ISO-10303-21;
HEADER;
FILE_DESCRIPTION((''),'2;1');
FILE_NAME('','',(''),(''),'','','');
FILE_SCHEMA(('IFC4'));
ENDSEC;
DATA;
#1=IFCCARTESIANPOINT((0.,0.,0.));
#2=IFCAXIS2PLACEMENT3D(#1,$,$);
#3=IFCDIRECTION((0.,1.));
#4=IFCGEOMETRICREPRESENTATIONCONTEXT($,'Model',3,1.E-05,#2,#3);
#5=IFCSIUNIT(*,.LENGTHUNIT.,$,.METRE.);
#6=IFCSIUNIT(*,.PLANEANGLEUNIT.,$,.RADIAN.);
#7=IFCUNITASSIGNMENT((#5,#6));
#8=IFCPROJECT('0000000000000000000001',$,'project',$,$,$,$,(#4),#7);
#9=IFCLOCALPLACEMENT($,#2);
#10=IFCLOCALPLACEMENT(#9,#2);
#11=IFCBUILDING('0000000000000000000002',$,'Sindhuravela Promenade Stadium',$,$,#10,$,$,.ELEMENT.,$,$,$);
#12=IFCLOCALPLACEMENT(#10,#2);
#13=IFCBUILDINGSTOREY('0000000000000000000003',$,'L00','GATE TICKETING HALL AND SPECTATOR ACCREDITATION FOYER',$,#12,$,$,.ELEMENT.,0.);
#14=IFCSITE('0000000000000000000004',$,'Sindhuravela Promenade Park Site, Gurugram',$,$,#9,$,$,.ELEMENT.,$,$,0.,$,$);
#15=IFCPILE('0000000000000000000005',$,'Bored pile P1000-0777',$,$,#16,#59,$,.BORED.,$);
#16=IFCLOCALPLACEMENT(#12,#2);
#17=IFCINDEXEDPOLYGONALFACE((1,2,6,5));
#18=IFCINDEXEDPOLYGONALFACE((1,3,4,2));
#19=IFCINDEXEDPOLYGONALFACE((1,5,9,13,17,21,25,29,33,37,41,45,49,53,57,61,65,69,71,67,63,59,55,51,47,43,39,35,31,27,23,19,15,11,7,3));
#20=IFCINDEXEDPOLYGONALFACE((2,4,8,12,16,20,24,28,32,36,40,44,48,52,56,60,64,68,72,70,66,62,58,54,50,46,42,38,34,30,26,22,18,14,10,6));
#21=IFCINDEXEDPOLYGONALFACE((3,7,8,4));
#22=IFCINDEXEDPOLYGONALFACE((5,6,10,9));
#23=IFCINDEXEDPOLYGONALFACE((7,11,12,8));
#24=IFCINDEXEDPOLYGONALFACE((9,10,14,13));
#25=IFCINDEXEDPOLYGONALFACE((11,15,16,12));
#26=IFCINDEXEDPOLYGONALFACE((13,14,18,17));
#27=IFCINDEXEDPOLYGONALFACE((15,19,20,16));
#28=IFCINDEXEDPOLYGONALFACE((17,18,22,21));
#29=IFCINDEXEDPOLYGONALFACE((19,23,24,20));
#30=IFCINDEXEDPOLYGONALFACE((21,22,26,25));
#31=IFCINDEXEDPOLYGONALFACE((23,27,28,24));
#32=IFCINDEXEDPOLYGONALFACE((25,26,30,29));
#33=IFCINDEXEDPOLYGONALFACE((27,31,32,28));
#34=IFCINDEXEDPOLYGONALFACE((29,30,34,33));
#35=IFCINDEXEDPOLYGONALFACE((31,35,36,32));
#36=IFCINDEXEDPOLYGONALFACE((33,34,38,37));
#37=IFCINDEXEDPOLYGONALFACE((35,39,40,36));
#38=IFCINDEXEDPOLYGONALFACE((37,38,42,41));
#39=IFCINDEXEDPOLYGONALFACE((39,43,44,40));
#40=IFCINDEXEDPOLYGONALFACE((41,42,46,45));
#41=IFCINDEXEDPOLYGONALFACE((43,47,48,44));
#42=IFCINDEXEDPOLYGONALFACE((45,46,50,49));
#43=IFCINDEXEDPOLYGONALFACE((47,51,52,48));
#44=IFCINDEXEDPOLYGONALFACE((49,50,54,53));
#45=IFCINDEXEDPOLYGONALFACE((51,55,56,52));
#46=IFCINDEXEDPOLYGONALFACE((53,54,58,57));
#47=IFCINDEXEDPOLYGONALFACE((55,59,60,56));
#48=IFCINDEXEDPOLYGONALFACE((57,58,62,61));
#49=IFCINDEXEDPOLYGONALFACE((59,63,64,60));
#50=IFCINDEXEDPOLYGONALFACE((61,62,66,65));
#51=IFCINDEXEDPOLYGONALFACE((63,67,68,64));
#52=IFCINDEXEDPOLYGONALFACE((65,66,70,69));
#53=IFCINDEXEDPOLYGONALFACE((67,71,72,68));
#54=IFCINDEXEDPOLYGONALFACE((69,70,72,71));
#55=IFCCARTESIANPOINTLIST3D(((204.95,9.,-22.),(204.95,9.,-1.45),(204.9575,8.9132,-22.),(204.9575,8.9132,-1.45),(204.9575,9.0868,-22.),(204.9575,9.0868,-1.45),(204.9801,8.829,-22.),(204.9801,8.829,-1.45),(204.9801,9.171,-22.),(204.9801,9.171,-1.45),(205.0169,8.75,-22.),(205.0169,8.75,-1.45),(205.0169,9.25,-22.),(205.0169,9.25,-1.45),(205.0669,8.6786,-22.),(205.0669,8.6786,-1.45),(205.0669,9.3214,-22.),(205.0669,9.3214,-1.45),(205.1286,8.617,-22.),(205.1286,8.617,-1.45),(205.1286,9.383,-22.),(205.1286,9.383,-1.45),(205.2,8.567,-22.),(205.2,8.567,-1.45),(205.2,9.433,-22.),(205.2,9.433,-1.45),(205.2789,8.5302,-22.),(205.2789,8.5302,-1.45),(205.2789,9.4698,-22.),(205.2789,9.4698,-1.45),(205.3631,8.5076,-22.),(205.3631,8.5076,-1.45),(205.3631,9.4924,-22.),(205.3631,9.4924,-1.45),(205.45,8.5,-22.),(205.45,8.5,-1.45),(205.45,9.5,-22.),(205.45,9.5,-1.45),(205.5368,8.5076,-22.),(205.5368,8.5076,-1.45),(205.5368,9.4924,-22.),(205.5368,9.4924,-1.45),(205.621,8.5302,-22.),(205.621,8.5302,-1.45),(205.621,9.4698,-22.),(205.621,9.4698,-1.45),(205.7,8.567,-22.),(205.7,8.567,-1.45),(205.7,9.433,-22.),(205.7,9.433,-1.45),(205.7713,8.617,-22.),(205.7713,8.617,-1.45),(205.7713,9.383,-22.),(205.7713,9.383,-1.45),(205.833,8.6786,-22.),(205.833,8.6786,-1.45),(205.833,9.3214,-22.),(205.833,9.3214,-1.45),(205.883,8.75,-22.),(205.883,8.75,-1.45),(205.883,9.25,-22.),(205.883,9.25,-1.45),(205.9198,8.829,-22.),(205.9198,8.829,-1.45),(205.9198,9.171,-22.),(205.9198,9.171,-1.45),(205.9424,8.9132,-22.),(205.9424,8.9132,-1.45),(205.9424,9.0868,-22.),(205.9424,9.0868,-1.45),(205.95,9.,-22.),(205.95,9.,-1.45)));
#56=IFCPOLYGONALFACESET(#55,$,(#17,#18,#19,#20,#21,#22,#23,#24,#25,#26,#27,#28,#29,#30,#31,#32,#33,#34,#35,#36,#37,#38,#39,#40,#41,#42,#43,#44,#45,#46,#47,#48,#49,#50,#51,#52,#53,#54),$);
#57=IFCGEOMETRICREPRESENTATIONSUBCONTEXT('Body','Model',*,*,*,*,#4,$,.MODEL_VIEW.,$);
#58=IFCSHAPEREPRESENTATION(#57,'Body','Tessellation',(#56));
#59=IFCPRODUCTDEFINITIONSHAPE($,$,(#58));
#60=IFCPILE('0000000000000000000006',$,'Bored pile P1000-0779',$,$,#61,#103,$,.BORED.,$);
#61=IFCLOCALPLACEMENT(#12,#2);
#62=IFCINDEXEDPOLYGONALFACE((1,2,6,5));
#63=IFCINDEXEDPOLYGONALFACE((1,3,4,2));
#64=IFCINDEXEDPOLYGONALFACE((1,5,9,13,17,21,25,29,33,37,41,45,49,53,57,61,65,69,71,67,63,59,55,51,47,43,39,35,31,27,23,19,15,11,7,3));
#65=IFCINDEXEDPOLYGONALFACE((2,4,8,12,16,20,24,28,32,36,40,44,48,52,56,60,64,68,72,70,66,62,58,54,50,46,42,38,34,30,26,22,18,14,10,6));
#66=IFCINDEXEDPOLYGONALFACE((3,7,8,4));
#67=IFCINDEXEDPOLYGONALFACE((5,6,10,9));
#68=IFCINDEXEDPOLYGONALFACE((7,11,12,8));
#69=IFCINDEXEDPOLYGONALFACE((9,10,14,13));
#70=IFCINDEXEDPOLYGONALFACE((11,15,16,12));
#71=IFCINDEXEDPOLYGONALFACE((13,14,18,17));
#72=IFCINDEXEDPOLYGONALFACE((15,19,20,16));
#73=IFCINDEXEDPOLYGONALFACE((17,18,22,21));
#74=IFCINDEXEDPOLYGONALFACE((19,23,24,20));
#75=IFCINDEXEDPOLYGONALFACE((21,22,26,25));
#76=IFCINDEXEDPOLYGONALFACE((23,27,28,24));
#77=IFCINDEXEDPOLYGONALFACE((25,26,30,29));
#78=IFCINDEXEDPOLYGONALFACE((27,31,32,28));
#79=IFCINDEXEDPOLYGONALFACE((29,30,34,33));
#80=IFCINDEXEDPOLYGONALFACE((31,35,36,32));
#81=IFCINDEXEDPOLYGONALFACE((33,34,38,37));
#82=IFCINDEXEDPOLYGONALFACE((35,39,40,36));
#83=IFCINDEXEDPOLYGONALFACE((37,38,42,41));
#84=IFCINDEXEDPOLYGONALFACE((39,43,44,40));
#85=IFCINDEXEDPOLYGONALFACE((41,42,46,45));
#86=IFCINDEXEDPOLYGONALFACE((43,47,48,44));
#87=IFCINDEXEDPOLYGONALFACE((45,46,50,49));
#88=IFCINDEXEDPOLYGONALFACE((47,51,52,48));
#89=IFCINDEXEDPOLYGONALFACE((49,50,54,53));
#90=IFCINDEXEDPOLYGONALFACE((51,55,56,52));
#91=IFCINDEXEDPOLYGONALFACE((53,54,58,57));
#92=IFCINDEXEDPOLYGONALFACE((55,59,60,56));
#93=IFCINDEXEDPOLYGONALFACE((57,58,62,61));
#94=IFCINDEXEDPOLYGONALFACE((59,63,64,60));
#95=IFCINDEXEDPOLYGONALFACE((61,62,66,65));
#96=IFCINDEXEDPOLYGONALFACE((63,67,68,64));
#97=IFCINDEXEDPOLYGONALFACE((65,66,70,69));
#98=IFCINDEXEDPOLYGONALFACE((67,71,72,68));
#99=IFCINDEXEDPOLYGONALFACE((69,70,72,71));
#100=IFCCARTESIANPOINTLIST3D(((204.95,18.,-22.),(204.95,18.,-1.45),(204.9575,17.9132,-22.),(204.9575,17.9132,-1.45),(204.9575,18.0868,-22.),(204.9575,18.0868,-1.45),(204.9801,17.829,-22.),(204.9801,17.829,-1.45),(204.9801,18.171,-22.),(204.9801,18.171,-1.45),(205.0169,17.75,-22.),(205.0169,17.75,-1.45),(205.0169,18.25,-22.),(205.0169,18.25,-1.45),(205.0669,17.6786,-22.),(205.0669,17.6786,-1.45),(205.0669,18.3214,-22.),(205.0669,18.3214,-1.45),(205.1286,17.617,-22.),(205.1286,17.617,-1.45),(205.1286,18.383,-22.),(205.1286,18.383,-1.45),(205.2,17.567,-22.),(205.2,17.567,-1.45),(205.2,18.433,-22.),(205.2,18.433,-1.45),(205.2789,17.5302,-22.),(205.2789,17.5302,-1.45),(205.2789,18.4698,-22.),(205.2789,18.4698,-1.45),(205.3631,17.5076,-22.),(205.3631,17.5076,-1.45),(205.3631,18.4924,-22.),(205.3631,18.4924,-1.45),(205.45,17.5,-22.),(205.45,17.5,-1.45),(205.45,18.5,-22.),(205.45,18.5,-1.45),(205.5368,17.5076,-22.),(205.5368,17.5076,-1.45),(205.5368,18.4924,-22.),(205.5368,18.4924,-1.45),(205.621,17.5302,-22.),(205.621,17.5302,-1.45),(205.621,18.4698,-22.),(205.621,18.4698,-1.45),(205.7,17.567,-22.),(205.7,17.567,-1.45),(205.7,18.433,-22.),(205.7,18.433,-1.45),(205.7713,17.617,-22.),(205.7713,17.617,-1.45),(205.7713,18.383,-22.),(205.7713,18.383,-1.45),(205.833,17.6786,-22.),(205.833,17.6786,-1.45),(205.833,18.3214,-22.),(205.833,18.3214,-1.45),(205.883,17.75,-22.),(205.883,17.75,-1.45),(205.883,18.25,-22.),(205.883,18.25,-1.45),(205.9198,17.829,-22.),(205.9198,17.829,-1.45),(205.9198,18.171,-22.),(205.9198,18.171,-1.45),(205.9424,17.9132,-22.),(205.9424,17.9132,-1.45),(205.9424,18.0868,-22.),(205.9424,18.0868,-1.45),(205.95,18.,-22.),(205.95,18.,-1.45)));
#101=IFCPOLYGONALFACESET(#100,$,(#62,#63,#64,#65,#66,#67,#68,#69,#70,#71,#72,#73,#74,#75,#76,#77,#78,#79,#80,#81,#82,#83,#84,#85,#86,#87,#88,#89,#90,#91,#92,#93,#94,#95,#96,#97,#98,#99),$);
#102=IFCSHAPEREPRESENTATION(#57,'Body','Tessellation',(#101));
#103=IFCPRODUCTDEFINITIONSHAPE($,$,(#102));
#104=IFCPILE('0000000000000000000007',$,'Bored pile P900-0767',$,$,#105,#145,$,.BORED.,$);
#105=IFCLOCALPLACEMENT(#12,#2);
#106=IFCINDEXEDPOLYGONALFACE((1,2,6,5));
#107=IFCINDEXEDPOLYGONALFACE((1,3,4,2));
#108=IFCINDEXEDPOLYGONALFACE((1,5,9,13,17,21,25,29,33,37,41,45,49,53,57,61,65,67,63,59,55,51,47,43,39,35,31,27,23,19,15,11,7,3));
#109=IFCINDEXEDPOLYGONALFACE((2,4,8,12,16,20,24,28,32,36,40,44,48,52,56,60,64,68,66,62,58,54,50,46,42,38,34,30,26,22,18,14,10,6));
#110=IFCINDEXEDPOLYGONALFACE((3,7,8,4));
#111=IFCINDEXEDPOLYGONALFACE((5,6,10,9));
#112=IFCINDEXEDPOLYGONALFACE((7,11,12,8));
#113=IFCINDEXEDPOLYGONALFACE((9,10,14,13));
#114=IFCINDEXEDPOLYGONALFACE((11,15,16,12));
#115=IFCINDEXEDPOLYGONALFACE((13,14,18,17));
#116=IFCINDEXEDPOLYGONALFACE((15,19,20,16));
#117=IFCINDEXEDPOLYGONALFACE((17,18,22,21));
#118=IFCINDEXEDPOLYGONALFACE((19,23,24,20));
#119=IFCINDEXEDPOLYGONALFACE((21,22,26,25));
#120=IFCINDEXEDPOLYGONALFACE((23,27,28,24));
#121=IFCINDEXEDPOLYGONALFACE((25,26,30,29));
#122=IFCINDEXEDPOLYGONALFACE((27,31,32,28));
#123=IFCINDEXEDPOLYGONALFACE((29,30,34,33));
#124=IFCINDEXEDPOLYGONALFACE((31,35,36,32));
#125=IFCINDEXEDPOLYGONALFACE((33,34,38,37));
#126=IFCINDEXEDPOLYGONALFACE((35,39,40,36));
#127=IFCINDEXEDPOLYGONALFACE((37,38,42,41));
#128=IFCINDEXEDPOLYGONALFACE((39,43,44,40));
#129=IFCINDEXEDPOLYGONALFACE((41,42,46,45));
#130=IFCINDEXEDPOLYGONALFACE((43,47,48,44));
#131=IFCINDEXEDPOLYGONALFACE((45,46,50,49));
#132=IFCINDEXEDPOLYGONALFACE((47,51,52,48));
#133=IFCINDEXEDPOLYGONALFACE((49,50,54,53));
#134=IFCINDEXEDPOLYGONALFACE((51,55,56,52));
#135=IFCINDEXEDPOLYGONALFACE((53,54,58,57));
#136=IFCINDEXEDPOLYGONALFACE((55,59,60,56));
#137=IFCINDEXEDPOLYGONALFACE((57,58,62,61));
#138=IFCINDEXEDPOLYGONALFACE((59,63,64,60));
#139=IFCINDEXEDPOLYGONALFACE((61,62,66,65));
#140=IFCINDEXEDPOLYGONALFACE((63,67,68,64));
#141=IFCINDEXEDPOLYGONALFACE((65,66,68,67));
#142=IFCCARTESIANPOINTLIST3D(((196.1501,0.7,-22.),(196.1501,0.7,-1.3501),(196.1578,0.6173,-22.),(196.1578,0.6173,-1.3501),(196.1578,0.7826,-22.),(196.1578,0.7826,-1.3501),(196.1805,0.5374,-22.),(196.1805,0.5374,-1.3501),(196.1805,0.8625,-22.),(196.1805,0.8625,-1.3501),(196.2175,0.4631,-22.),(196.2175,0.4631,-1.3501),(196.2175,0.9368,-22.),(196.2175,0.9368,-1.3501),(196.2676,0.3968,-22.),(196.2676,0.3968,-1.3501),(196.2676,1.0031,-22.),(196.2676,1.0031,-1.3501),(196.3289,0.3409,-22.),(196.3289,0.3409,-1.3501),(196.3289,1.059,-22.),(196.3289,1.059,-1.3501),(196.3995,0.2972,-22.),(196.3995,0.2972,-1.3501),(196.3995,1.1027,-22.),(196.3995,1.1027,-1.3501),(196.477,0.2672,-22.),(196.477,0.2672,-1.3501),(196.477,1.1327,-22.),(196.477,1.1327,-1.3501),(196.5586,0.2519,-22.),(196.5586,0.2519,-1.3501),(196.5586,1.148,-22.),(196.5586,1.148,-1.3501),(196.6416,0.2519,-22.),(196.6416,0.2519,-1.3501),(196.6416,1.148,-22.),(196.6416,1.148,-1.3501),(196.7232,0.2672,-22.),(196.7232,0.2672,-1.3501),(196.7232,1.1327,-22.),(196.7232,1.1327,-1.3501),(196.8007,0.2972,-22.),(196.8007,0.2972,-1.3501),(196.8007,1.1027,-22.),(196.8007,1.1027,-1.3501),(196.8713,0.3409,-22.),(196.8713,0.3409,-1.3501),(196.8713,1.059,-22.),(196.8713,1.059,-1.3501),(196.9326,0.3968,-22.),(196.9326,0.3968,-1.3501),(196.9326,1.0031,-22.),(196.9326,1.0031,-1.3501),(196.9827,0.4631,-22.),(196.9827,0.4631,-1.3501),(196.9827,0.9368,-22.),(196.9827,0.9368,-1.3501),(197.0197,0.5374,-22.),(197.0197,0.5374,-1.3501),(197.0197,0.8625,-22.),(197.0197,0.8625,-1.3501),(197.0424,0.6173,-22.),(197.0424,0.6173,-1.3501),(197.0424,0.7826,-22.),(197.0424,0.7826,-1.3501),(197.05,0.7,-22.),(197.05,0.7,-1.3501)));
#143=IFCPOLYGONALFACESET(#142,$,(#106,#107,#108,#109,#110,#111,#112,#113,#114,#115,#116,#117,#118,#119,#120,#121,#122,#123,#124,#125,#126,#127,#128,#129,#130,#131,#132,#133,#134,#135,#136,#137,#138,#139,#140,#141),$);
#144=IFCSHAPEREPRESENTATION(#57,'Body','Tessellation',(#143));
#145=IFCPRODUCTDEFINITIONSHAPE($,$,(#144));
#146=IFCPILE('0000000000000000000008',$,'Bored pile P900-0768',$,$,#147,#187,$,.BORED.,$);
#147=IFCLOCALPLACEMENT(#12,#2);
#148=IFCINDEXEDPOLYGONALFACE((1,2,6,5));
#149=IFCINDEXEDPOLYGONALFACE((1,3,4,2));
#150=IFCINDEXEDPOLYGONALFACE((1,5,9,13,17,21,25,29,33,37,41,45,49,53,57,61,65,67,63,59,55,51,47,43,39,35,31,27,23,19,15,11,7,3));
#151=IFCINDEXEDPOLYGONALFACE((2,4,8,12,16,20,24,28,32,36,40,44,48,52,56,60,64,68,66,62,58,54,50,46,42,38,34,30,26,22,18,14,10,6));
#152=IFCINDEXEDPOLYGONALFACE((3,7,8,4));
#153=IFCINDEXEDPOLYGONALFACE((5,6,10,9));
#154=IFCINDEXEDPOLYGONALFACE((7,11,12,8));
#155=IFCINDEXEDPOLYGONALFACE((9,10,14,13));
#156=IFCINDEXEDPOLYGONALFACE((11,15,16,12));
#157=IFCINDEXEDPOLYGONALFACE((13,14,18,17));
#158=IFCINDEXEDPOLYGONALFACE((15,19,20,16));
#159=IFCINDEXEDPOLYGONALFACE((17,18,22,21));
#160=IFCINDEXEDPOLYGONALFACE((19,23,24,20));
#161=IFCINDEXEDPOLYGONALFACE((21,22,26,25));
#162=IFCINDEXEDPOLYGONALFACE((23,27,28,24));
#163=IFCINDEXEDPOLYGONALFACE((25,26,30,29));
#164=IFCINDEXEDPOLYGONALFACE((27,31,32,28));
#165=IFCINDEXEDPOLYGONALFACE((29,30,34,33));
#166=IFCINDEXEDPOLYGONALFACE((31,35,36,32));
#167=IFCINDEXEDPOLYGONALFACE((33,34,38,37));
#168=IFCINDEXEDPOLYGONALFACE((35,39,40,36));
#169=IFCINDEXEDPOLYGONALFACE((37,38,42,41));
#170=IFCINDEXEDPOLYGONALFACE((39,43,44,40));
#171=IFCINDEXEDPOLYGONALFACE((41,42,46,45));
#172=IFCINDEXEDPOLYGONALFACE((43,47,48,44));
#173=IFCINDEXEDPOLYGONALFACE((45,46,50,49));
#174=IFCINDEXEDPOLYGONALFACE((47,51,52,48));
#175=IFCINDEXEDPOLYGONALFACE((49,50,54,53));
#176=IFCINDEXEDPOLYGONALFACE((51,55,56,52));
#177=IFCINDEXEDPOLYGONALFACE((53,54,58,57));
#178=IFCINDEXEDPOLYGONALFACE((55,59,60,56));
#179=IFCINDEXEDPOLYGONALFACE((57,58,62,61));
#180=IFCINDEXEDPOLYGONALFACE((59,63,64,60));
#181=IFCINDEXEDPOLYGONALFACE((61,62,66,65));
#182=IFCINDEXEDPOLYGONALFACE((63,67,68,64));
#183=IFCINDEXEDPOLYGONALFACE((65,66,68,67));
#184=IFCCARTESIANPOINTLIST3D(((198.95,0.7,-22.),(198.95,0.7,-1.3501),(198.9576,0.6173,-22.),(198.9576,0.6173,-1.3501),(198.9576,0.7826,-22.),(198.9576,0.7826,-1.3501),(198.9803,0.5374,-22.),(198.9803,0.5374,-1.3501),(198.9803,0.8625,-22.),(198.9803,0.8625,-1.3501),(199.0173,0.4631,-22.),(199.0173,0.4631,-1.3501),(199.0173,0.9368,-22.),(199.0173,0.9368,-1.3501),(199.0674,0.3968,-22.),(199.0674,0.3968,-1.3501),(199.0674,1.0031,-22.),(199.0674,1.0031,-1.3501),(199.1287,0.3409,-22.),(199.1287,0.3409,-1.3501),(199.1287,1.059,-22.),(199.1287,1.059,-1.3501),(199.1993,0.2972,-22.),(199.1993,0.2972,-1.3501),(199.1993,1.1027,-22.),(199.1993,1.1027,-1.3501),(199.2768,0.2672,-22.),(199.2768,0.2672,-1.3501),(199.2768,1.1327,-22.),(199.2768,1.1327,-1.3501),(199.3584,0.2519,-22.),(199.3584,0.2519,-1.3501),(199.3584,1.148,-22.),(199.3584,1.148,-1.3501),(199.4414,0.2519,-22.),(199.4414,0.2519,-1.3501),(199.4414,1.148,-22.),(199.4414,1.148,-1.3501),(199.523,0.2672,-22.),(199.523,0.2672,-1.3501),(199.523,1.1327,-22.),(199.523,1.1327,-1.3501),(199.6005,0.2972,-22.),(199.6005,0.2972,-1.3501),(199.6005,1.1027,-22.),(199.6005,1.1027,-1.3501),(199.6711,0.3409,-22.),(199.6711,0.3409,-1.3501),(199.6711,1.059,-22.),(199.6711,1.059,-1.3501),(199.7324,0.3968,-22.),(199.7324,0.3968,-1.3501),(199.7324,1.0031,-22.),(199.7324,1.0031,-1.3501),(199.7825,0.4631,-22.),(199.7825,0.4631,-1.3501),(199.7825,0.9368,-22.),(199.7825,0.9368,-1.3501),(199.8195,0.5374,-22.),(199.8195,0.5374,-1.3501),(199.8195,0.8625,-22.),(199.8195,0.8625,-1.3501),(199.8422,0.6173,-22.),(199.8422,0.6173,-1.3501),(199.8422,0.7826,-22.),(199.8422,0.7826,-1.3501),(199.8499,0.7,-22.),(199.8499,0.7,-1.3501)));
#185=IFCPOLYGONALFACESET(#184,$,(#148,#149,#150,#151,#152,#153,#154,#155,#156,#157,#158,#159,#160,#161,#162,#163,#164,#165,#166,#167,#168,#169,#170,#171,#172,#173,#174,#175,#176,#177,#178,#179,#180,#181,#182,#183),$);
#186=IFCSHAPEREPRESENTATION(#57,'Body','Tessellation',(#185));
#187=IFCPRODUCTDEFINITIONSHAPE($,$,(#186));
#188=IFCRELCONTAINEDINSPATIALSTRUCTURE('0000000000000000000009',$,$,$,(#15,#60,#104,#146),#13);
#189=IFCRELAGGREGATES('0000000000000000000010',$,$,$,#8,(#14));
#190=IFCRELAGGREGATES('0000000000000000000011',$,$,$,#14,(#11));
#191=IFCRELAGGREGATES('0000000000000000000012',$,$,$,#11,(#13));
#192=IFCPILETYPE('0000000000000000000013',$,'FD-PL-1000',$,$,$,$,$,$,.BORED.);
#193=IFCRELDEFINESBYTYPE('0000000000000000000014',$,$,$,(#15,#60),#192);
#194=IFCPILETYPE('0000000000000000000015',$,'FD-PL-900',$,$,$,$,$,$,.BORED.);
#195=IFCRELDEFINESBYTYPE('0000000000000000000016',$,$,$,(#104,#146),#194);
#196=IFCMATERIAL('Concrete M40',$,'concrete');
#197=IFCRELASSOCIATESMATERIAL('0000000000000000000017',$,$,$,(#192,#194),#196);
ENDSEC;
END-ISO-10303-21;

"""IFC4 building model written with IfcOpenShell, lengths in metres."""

from ifc_helpers import new_model, si_unit, direction, frame, origin, origin_2d, place, context, subcontext, project, spatial, circle, extrude, material, material_profile, profile_set, type_object, element, save


model = new_model("IFC4")

# Units and contexts
model_context = context("Model", 3, precision=1e-05, world=origin(), true_north=direction((0.0, 1.0)))
body_context = subcontext(model_context, "Body", "Model", "MODEL_VIEW")
ifc_project = project(units=[si_unit("LENGTHUNIT", "METRE"), si_unit("PLANEANGLEUNIT", "RADIAN")], contexts=[model_context])

# Site, building, storey
site_placement = place(None, origin())
site = spatial("IfcSite", under=ifc_project, at=site_placement, Name="Sindhuravela Promenade Park Site, Gurugram", CompositionType="ELEMENT", RefElevation=0.0)
building_placement = place(site_placement, origin())
building = spatial("IfcBuilding", under=site, at=building_placement, Name="Sindhuravela Promenade Stadium", CompositionType="ELEMENT")
storey_placement = place(building_placement, origin())
storey = spatial("IfcBuildingStorey", under=building, at=storey_placement, Name="L00", Description="GATE TICKETING HALL AND SPECTATOR ACCREDITATION FOYER", CompositionType="ELEMENT", Elevation=0.0)

# Piles
ifc_material_1 = material(Name="Concrete M40", Category="concrete")
ifc_material_profile_1 = material_profile(ifc_material_1, circle(Radius=0.5, at=origin_2d()), Name="BORED PILE D1000")
ifc_profile_set_1 = profile_set([ifc_material_profile_1], Name="Concrete M40")
pile_type_1 = type_object("IfcPileType", Name="FD-PL-1000", PredefinedType="BORED", material=ifc_profile_set_1)
for number, where, z_axis, x_axis, name in (
    (1, (205.45, 9.0, -1.45), (0.0, 0.0, -1.0), (1.0, 0.0, 0.0), "Bored pile P1000-0777"),
    (2, (205.45, 18.0, -1.45), (0.0, 0.0, -1.0), (1.0, 0.0, 0.0), "Bored pile P1000-0779"),
):
    element("IfcPile", number, at=place(storey_placement, frame(where, z_axis=z_axis, x_axis=x_axis)), inside=storey, type_object=pile_type_1, Name=name, PredefinedType="BORED", context=body_context, shape_type="SweptSolid", body=[
        extrude(circle(Radius=0.5, at=origin_2d()), origin(), (0.0, 0.0, 1.0), 20.55),
    ])
ifc_material_profile_2 = material_profile(ifc_material_1, circle(Radius=0.45, at=origin_2d()), Name="BORED PILE D900")
ifc_profile_set_2 = profile_set([ifc_material_profile_2], Name="Concrete M40")
pile_type_2 = type_object("IfcPileType", Name="FD-PL-900", PredefinedType="BORED", material=ifc_profile_set_2)
for number, where, z_axis, x_axis, name in (
    (3, (196.6001, 0.7, -1.3501), (0.0, 0.0, -1.0), (1.0, 0.0, 0.0), "Bored pile P900-0767"),
    (4, (199.3999, 0.7, -1.3501), (0.0, 0.0, -1.0), (1.0, 0.0, 0.0), "Bored pile P900-0768"),
):
    element("IfcPile", number, at=place(storey_placement, frame(where, z_axis=z_axis, x_axis=x_axis)), inside=storey, type_object=pile_type_2, Name=name, PredefinedType="BORED", context=body_context, shape_type="SweptSolid", body=[
        extrude(circle(Radius=0.45, at=origin_2d()), origin(), (0.0, 0.0, 1.0), 20.6499),
    ])

save(model, "model.ifc")
